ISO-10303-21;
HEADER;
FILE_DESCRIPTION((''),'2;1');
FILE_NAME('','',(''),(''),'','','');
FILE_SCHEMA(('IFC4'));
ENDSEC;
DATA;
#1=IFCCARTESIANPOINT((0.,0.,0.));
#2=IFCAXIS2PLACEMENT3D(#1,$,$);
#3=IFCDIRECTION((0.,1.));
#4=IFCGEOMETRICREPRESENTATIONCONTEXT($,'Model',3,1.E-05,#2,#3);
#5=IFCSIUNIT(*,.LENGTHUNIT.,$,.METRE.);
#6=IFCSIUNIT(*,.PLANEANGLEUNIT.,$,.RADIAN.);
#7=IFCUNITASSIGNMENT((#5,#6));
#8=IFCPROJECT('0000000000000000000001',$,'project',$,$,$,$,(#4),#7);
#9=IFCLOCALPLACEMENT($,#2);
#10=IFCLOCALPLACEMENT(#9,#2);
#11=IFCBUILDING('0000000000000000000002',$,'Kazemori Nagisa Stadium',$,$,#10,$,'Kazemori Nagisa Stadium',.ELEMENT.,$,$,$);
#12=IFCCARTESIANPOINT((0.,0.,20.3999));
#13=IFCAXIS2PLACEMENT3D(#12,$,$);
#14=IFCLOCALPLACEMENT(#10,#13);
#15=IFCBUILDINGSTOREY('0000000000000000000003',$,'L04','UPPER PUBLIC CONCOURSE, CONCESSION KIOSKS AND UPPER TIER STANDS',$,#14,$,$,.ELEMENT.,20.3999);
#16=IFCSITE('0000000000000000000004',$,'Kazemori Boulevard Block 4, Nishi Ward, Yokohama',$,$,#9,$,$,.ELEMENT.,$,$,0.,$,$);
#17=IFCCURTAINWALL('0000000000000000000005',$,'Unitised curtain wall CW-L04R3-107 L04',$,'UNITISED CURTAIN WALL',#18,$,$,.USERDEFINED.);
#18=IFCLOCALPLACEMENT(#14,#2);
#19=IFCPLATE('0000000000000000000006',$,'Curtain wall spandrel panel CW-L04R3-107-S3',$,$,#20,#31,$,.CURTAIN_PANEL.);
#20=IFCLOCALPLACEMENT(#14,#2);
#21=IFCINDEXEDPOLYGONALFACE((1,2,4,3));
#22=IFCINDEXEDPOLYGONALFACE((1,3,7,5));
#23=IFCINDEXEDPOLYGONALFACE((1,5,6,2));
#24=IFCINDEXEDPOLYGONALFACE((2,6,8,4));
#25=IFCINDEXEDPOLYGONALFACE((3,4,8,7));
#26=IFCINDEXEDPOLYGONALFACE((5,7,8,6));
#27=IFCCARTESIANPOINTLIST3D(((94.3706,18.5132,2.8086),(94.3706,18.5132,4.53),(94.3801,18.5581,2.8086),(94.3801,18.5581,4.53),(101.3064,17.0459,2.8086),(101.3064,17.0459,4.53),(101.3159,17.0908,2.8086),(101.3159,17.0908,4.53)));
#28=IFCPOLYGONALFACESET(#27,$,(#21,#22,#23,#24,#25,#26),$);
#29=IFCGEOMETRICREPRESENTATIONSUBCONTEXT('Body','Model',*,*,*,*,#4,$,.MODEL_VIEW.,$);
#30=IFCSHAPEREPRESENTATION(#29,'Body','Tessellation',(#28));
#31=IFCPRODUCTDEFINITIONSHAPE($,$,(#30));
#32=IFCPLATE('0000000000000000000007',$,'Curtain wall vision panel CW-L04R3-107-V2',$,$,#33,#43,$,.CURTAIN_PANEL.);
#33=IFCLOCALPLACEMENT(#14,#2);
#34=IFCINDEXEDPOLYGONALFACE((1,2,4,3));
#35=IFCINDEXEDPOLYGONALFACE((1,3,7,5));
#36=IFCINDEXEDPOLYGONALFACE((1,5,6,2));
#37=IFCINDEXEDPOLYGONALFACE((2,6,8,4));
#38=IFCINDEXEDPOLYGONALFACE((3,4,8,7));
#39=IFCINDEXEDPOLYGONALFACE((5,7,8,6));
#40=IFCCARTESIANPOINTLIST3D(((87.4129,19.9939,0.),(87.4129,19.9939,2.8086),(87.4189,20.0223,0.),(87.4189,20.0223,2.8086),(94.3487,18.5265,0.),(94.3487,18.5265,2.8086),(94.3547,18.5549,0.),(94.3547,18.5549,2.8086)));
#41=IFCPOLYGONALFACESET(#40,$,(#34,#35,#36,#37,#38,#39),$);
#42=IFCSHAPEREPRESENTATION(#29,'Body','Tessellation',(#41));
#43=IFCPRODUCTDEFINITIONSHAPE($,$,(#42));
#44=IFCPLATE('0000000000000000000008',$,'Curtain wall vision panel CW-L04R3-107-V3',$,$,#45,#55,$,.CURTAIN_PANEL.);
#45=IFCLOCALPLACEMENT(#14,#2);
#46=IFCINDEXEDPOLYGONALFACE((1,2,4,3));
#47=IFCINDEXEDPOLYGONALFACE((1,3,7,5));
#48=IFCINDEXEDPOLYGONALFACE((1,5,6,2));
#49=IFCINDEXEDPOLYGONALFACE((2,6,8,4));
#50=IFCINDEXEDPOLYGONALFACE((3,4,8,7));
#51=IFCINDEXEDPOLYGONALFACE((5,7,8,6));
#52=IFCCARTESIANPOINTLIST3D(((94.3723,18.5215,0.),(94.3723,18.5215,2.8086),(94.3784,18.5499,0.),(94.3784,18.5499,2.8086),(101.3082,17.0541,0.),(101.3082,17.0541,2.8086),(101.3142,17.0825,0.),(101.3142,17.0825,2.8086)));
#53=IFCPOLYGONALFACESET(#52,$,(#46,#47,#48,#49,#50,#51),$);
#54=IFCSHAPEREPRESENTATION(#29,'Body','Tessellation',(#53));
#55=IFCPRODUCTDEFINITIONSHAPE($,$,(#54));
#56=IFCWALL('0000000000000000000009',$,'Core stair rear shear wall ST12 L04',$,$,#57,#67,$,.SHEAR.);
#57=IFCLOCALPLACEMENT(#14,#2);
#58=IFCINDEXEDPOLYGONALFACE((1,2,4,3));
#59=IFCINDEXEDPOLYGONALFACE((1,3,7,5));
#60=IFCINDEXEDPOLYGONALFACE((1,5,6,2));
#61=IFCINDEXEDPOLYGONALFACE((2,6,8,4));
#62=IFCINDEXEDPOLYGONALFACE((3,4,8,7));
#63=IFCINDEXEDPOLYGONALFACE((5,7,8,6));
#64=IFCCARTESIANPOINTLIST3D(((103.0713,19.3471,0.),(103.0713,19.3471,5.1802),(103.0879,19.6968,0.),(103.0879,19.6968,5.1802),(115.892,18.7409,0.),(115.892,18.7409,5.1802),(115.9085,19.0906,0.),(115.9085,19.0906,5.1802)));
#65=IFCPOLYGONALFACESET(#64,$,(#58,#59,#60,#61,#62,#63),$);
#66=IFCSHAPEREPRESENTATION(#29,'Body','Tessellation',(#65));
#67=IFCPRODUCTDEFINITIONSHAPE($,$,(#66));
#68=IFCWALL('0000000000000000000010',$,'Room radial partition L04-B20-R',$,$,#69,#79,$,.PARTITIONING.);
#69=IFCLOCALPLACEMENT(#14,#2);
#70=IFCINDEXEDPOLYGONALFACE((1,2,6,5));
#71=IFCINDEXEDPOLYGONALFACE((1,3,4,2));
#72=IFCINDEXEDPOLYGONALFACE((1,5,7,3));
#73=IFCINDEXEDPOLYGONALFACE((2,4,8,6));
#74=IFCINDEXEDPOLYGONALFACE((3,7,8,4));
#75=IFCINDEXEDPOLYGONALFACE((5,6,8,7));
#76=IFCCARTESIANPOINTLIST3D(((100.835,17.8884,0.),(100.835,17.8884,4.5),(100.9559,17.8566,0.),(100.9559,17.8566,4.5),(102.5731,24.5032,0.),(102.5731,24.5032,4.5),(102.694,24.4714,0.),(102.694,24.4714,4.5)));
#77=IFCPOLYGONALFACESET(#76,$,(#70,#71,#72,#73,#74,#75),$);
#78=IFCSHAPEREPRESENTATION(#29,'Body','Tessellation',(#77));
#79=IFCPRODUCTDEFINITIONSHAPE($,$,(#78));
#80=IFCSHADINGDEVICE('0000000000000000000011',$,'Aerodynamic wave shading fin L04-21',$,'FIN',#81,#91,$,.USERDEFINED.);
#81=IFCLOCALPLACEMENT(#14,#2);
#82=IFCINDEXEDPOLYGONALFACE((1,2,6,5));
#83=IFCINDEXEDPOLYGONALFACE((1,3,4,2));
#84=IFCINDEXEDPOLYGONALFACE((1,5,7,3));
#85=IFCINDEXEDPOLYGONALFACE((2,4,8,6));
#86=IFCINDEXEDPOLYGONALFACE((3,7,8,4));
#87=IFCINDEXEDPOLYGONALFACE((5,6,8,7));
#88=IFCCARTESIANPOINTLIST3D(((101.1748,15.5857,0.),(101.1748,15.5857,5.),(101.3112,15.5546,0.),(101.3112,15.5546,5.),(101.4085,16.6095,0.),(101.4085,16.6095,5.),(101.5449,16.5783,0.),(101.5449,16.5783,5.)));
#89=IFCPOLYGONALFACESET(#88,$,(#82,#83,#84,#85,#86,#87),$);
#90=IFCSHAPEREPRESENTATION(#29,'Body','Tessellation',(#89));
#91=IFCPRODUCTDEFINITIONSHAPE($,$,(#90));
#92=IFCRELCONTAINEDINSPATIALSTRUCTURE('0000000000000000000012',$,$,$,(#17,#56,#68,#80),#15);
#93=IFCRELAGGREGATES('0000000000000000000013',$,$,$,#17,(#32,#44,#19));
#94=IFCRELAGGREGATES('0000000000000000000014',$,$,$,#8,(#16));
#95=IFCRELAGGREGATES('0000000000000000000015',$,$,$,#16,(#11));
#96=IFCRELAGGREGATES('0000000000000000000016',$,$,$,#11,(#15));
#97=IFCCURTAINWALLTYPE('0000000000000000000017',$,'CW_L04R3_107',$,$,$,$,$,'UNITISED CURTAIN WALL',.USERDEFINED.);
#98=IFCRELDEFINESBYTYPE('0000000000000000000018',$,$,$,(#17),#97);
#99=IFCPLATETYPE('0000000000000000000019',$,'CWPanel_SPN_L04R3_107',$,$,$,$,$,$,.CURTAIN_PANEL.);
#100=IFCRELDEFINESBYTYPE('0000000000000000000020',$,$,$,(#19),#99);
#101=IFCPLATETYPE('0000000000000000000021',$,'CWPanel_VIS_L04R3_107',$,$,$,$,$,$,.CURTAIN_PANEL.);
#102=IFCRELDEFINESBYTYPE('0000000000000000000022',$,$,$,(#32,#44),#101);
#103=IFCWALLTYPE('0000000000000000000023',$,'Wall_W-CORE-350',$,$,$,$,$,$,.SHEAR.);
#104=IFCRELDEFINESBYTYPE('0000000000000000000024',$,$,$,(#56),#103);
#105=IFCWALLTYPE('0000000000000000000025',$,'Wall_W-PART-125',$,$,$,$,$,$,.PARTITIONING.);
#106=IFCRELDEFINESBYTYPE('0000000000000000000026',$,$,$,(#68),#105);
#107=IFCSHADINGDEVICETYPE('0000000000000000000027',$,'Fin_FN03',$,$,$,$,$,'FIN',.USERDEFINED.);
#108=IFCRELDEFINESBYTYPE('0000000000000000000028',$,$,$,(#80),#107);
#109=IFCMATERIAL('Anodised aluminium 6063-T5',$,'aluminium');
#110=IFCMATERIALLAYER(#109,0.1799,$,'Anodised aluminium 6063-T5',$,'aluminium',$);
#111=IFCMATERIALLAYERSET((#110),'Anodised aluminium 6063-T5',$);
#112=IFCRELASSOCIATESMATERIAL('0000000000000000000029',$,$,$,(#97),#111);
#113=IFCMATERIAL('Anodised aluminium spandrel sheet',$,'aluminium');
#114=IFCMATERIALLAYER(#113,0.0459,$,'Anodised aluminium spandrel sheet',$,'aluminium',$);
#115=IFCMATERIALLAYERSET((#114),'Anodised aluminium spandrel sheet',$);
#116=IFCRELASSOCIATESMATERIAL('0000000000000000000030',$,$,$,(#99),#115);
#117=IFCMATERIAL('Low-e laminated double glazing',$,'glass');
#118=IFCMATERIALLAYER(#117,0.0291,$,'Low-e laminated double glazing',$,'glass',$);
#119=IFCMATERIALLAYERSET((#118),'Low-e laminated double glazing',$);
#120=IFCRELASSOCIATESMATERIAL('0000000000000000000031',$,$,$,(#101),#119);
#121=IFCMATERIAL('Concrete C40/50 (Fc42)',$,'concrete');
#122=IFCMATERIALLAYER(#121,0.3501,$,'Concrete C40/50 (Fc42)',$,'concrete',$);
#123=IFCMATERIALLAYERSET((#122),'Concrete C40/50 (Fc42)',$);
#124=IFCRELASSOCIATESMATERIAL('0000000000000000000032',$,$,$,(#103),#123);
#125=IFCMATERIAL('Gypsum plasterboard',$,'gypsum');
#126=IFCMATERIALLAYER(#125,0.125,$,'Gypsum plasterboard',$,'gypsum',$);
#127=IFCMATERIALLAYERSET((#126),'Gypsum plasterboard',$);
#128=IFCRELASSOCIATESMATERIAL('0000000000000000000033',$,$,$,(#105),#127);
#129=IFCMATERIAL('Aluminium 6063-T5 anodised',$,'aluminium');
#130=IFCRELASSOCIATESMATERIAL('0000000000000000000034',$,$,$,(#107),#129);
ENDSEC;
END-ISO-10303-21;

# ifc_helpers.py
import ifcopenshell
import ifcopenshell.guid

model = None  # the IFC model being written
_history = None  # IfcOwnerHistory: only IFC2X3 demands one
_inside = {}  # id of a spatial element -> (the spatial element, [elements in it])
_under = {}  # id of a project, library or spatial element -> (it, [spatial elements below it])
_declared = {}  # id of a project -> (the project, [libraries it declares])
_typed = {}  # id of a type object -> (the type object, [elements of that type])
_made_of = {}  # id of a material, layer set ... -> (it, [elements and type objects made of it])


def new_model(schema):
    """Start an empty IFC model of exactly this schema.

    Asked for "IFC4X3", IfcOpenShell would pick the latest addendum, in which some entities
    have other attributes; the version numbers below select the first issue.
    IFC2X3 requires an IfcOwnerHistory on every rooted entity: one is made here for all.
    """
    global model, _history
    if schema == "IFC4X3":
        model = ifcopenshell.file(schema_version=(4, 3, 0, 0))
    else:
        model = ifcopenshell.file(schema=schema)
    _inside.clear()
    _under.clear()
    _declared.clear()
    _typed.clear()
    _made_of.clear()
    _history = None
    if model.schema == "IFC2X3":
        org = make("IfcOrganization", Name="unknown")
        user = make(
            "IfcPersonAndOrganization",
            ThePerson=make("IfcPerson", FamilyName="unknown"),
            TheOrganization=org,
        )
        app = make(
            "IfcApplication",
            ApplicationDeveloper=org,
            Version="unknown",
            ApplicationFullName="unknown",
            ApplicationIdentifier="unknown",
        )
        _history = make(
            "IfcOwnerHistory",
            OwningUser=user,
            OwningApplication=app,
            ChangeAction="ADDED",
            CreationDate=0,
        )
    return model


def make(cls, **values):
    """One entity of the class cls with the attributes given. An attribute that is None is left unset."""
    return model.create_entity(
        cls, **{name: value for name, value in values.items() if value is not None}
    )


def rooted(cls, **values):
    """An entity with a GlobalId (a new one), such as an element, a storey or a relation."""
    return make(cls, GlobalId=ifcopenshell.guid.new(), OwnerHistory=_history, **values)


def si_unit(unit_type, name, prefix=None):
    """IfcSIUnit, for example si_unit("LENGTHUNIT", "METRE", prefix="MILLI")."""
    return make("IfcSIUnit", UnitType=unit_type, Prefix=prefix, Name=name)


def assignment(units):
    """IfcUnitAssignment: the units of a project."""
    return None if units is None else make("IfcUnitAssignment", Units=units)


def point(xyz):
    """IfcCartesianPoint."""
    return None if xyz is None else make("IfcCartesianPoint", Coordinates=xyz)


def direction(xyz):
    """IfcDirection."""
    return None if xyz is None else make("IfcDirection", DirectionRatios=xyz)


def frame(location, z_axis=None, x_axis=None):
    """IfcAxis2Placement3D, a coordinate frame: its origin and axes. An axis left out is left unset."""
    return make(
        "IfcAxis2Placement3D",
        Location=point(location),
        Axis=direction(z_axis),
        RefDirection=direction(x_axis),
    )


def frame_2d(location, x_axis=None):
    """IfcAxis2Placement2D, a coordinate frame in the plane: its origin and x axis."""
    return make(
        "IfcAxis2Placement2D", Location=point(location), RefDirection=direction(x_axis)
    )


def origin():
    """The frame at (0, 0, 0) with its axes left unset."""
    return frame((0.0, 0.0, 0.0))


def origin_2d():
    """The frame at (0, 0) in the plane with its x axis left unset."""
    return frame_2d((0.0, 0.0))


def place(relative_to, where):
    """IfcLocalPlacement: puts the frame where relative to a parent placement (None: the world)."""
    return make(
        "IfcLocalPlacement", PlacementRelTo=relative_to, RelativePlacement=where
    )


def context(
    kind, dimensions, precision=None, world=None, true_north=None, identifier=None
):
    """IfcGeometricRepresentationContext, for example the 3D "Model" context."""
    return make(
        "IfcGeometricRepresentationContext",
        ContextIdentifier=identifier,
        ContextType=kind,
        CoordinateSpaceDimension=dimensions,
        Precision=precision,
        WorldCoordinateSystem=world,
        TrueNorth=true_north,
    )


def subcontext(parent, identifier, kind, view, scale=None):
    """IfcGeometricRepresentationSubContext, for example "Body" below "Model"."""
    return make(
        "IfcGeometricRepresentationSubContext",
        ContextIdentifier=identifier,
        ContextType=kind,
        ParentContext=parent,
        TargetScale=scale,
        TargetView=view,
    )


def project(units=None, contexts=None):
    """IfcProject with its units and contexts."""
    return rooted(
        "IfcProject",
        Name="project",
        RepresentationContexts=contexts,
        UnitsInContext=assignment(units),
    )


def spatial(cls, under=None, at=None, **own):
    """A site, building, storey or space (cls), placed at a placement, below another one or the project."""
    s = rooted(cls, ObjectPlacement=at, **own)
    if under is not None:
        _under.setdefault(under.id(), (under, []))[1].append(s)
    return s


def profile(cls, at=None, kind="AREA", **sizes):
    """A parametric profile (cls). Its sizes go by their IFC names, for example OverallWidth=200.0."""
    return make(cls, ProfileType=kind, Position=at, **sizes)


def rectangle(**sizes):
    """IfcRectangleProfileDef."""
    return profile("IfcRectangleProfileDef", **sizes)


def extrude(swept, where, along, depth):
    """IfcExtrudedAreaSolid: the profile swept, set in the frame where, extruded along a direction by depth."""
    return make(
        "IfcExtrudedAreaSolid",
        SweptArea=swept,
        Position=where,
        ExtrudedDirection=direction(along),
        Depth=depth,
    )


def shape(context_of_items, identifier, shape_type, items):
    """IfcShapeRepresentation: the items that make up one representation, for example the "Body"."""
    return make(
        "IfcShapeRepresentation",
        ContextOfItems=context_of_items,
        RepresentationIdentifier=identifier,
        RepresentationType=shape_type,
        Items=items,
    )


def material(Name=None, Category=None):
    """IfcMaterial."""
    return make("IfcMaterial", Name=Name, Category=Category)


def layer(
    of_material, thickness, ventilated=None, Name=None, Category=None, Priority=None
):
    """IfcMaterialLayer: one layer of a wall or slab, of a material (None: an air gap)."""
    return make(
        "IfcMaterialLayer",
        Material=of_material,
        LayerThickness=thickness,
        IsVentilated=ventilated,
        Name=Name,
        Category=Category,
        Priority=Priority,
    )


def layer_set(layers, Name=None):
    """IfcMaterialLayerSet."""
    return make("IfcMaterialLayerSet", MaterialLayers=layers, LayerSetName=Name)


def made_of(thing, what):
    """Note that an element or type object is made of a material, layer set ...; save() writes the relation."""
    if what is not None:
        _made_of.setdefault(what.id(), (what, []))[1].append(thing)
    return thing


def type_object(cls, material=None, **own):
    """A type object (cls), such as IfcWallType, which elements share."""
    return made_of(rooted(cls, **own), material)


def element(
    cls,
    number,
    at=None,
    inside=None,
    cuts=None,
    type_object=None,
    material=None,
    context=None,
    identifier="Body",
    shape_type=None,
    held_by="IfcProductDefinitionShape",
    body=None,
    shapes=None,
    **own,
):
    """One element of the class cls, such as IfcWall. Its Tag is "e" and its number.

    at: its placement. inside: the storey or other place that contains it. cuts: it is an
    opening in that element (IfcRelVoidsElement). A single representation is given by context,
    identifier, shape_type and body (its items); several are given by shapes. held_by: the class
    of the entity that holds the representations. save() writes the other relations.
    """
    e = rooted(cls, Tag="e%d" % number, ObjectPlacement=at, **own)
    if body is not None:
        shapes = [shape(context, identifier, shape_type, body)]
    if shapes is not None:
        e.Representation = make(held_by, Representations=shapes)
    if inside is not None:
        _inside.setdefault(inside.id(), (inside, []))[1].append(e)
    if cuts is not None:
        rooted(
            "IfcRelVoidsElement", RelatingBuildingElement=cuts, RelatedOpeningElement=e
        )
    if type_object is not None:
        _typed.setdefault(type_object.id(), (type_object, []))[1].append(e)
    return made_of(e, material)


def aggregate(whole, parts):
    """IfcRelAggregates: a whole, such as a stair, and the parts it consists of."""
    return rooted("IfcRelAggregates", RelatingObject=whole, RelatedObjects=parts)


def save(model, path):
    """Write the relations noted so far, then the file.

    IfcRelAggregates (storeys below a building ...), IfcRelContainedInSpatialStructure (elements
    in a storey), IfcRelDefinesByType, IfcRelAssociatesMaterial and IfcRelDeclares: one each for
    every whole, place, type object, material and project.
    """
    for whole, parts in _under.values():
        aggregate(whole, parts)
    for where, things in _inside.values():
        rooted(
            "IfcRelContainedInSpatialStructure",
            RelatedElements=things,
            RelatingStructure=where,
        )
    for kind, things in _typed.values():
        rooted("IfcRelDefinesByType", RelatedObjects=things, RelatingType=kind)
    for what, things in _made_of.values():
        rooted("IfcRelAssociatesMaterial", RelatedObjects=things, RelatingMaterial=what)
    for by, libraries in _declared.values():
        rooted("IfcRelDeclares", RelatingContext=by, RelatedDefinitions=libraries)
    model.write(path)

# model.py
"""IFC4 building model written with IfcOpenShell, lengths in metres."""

from ifc_helpers import new_model, si_unit, direction, frame, frame_2d, origin, origin_2d, place, context, subcontext, project, spatial, rectangle, extrude, material, layer, layer_set, type_object, element, aggregate, save


model = new_model("IFC4")

# Units and contexts
model_context = context("Model", 3, precision=1e-05, world=origin(), true_north=direction((0.0, 1.0)))
body_context = subcontext(model_context, "Body", "Model", "MODEL_VIEW")
ifc_project = project(units=[si_unit("LENGTHUNIT", "METRE"), si_unit("PLANEANGLEUNIT", "RADIAN")], contexts=[model_context])

# Site, building, storey
site_placement = place(None, origin())
site = spatial("IfcSite", under=ifc_project, at=site_placement, Name="Kazemori Boulevard Block 4, Nishi Ward, Yokohama", CompositionType="ELEMENT", RefElevation=0.0)
building_placement = place(site_placement, origin())
building = spatial("IfcBuilding", under=site, at=building_placement, Name="Kazemori Nagisa Stadium", LongName="Kazemori Nagisa Stadium", CompositionType="ELEMENT")
storey_placement = place(building_placement, frame((0.0, 0.0, 20.3999)))
storey = spatial("IfcBuildingStorey", under=building, at=storey_placement, Name="L04", Description="UPPER PUBLIC CONCOURSE, CONCESSION KIOSKS AND UPPER TIER STANDS", CompositionType="ELEMENT", Elevation=20.3999)

# Curtain wall
ifc_material_1 = material(Name="Anodised aluminium 6063-T5", Category="aluminium")
ifc_layer_1 = layer(ifc_material_1, 0.1799, Name="Anodised aluminium 6063-T5", Category="aluminium")
ifc_layer_set_1 = layer_set([ifc_layer_1], Name="Anodised aluminium 6063-T5")
curtain_wall_type_1 = type_object("IfcCurtainWallType", Name="CW_L04R3_107", ElementType="UNITISED CURTAIN WALL", PredefinedType="USERDEFINED", material=ifc_layer_set_1)
curtain_wall_1_placement = place(storey_placement, origin())
curtain_wall_1 = element("IfcCurtainWall", 1, at=curtain_wall_1_placement, inside=storey, type_object=curtain_wall_type_1, Name="Unitised curtain wall CW-L04R3-107 L04", ObjectType="UNITISED CURTAIN WALL", PredefinedType="USERDEFINED")
ifc_material_2 = material(Name="Aluminium 6063-T5 anodised", Category="aluminium")

# Plates
ifc_material_3 = material(Name="Anodised aluminium spandrel sheet", Category="aluminium")
ifc_layer_2 = layer(ifc_material_3, 0.0459, Name="Anodised aluminium spandrel sheet", Category="aluminium")
ifc_layer_set_2 = layer_set([ifc_layer_2], Name="Anodised aluminium spandrel sheet")
plate_type_1 = type_object("IfcPlateType", Name="CWPanel_SPN_L04R3_107", PredefinedType="CURTAIN_PANEL", material=ifc_layer_set_2)
plate_1_placement = place(storey_placement, frame((97.8433, 17.802, 2.8086), z_axis=(0.0, 0.0, 1.0), x_axis=(0.978345, -0.206981, 0.0)))
plate_1 = element("IfcPlate", 2, at=plate_1_placement, type_object=plate_type_1, Name="Curtain wall spandrel panel CW-L04R3-107-S3", PredefinedType="CURTAIN_PANEL", context=body_context, shape_type="SweptSolid", body=[
    extrude(rectangle(XDim=7.0894, YDim=0.0459, at=origin_2d()), origin(), (0.0, 0.0, 1.0), 1.7214),
])
ifc_material_4 = material(Name="Low-e laminated double glazing", Category="glass")
ifc_layer_3 = layer(ifc_material_4, 0.0291, Name="Low-e laminated double glazing", Category="glass")
ifc_layer_set_3 = layer_set([ifc_layer_3], Name="Low-e laminated double glazing")
plate_type_2 = type_object("IfcPlateType", Name="CWPanel_VIS_L04R3_107", PredefinedType="CURTAIN_PANEL", material=ifc_layer_set_3)
plate_2_placement = place(storey_placement, frame((90.8838, 19.2744, 0.0), z_axis=(0.0, 0.0, 1.0), x_axis=(0.978345, -0.206981, 0.0)))
plate_2 = element("IfcPlate", 3, at=plate_2_placement, type_object=plate_type_2, Name="Curtain wall vision panel CW-L04R3-107-V2", PredefinedType="CURTAIN_PANEL", context=body_context, shape_type="SweptSolid", body=[
    extrude(rectangle(XDim=7.0894, YDim=0.0291, at=origin_2d()), origin(), (0.0, 0.0, 1.0), 2.8086),
])
plate_3_placement = place(storey_placement, frame((97.8433, 17.802, 0.0), z_axis=(0.0, 0.0, 1.0), x_axis=(0.978345, -0.206981, 0.0)))
plate_3 = element("IfcPlate", 4, at=plate_3_placement, type_object=plate_type_2, Name="Curtain wall vision panel CW-L04R3-107-V3", PredefinedType="CURTAIN_PANEL", context=body_context, shape_type="SweptSolid", body=[
    extrude(rectangle(XDim=7.0894, YDim=0.0291, at=origin_2d()), origin(), (0.0, 0.0, 1.0), 2.8086),
])
aggregate(curtain_wall_1, [plate_2, plate_3, plate_1])

# Walls
ifc_material_5 = material(Name="Concrete C40/50 (Fc42)", Category="concrete")
ifc_layer_4 = layer(ifc_material_5, 0.3501, Name="Concrete C40/50 (Fc42)", Category="concrete")
ifc_layer_set_4 = layer_set([ifc_layer_4], Name="Concrete C40/50 (Fc42)")
wall_type_1 = type_object("IfcWallType", Name="Wall_W-CORE-350", PredefinedType="SHEAR", material=ifc_layer_set_4)
wall_1_placement = place(storey_placement, frame((103.0796, 19.522, 0.0), z_axis=(0.0, 0.0, 1.0), x_axis=(0.998884, -0.047231, 0.0)))
element("IfcWall", 5, at=wall_1_placement, inside=storey, type_object=wall_type_1, Name="Core stair rear shear wall ST12 L04", PredefinedType="SHEAR", context=body_context, shape_type="SweptSolid", body=[
    extrude(rectangle(XDim=12.835, YDim=0.3501, at=frame_2d((6.4175, 0.0))), origin(), (0.0, 0.0, 1.0), 5.1802),
])
ifc_material_6 = material(Name="Gypsum plasterboard", Category="gypsum")
ifc_layer_5 = layer(ifc_material_6, 0.125, Name="Gypsum plasterboard", Category="gypsum")
ifc_layer_set_5 = layer_set([ifc_layer_5], Name="Gypsum plasterboard")
wall_type_2 = type_object("IfcWallType", Name="Wall_W-PART-125", PredefinedType="PARTITIONING", material=ifc_layer_set_5)
wall_2_placement = place(storey_placement, frame((102.6335, 24.4873, 0.0), z_axis=(0.0, 0.0, 1.0), x_axis=(-0.254126, -0.967171, 0.0)))
element("IfcWall", 6, at=wall_2_placement, inside=storey, type_object=wall_type_2, Name="Room radial partition L04-B20-R", PredefinedType="PARTITIONING", context=body_context, shape_type="SweptSolid", body=[
    extrude(rectangle(XDim=6.8394, YDim=0.125, at=frame_2d((3.4197, 0.0))), origin(), (0.0, 0.0, 1.0), 4.5),
])

# Shading device
shading_device_type = type_object("IfcShadingDeviceType", Name="Fin_FN03", ElementType="FIN", PredefinedType="USERDEFINED", material=ifc_material_2)
shading_device_placement = place(storey_placement, frame((101.3599, 16.082, 0.0), z_axis=(0.0, 0.0, 1.0), x_axis=(-0.222521, -0.974928, 0.0)))
element("IfcShadingDevice", 7, at=shading_device_placement, inside=storey, type_object=shading_device_type, Name="Aerodynamic wave shading fin L04-21", ObjectType="FIN", PredefinedType="USERDEFINED", context=body_context, shape_type="SweptSolid", body=[
    extrude(rectangle(XDim=1.05, YDim=0.1399, at=origin_2d()), origin(), (0.0, 0.0, 1.0), 5.0),
])

save(model, "model.ifc")
